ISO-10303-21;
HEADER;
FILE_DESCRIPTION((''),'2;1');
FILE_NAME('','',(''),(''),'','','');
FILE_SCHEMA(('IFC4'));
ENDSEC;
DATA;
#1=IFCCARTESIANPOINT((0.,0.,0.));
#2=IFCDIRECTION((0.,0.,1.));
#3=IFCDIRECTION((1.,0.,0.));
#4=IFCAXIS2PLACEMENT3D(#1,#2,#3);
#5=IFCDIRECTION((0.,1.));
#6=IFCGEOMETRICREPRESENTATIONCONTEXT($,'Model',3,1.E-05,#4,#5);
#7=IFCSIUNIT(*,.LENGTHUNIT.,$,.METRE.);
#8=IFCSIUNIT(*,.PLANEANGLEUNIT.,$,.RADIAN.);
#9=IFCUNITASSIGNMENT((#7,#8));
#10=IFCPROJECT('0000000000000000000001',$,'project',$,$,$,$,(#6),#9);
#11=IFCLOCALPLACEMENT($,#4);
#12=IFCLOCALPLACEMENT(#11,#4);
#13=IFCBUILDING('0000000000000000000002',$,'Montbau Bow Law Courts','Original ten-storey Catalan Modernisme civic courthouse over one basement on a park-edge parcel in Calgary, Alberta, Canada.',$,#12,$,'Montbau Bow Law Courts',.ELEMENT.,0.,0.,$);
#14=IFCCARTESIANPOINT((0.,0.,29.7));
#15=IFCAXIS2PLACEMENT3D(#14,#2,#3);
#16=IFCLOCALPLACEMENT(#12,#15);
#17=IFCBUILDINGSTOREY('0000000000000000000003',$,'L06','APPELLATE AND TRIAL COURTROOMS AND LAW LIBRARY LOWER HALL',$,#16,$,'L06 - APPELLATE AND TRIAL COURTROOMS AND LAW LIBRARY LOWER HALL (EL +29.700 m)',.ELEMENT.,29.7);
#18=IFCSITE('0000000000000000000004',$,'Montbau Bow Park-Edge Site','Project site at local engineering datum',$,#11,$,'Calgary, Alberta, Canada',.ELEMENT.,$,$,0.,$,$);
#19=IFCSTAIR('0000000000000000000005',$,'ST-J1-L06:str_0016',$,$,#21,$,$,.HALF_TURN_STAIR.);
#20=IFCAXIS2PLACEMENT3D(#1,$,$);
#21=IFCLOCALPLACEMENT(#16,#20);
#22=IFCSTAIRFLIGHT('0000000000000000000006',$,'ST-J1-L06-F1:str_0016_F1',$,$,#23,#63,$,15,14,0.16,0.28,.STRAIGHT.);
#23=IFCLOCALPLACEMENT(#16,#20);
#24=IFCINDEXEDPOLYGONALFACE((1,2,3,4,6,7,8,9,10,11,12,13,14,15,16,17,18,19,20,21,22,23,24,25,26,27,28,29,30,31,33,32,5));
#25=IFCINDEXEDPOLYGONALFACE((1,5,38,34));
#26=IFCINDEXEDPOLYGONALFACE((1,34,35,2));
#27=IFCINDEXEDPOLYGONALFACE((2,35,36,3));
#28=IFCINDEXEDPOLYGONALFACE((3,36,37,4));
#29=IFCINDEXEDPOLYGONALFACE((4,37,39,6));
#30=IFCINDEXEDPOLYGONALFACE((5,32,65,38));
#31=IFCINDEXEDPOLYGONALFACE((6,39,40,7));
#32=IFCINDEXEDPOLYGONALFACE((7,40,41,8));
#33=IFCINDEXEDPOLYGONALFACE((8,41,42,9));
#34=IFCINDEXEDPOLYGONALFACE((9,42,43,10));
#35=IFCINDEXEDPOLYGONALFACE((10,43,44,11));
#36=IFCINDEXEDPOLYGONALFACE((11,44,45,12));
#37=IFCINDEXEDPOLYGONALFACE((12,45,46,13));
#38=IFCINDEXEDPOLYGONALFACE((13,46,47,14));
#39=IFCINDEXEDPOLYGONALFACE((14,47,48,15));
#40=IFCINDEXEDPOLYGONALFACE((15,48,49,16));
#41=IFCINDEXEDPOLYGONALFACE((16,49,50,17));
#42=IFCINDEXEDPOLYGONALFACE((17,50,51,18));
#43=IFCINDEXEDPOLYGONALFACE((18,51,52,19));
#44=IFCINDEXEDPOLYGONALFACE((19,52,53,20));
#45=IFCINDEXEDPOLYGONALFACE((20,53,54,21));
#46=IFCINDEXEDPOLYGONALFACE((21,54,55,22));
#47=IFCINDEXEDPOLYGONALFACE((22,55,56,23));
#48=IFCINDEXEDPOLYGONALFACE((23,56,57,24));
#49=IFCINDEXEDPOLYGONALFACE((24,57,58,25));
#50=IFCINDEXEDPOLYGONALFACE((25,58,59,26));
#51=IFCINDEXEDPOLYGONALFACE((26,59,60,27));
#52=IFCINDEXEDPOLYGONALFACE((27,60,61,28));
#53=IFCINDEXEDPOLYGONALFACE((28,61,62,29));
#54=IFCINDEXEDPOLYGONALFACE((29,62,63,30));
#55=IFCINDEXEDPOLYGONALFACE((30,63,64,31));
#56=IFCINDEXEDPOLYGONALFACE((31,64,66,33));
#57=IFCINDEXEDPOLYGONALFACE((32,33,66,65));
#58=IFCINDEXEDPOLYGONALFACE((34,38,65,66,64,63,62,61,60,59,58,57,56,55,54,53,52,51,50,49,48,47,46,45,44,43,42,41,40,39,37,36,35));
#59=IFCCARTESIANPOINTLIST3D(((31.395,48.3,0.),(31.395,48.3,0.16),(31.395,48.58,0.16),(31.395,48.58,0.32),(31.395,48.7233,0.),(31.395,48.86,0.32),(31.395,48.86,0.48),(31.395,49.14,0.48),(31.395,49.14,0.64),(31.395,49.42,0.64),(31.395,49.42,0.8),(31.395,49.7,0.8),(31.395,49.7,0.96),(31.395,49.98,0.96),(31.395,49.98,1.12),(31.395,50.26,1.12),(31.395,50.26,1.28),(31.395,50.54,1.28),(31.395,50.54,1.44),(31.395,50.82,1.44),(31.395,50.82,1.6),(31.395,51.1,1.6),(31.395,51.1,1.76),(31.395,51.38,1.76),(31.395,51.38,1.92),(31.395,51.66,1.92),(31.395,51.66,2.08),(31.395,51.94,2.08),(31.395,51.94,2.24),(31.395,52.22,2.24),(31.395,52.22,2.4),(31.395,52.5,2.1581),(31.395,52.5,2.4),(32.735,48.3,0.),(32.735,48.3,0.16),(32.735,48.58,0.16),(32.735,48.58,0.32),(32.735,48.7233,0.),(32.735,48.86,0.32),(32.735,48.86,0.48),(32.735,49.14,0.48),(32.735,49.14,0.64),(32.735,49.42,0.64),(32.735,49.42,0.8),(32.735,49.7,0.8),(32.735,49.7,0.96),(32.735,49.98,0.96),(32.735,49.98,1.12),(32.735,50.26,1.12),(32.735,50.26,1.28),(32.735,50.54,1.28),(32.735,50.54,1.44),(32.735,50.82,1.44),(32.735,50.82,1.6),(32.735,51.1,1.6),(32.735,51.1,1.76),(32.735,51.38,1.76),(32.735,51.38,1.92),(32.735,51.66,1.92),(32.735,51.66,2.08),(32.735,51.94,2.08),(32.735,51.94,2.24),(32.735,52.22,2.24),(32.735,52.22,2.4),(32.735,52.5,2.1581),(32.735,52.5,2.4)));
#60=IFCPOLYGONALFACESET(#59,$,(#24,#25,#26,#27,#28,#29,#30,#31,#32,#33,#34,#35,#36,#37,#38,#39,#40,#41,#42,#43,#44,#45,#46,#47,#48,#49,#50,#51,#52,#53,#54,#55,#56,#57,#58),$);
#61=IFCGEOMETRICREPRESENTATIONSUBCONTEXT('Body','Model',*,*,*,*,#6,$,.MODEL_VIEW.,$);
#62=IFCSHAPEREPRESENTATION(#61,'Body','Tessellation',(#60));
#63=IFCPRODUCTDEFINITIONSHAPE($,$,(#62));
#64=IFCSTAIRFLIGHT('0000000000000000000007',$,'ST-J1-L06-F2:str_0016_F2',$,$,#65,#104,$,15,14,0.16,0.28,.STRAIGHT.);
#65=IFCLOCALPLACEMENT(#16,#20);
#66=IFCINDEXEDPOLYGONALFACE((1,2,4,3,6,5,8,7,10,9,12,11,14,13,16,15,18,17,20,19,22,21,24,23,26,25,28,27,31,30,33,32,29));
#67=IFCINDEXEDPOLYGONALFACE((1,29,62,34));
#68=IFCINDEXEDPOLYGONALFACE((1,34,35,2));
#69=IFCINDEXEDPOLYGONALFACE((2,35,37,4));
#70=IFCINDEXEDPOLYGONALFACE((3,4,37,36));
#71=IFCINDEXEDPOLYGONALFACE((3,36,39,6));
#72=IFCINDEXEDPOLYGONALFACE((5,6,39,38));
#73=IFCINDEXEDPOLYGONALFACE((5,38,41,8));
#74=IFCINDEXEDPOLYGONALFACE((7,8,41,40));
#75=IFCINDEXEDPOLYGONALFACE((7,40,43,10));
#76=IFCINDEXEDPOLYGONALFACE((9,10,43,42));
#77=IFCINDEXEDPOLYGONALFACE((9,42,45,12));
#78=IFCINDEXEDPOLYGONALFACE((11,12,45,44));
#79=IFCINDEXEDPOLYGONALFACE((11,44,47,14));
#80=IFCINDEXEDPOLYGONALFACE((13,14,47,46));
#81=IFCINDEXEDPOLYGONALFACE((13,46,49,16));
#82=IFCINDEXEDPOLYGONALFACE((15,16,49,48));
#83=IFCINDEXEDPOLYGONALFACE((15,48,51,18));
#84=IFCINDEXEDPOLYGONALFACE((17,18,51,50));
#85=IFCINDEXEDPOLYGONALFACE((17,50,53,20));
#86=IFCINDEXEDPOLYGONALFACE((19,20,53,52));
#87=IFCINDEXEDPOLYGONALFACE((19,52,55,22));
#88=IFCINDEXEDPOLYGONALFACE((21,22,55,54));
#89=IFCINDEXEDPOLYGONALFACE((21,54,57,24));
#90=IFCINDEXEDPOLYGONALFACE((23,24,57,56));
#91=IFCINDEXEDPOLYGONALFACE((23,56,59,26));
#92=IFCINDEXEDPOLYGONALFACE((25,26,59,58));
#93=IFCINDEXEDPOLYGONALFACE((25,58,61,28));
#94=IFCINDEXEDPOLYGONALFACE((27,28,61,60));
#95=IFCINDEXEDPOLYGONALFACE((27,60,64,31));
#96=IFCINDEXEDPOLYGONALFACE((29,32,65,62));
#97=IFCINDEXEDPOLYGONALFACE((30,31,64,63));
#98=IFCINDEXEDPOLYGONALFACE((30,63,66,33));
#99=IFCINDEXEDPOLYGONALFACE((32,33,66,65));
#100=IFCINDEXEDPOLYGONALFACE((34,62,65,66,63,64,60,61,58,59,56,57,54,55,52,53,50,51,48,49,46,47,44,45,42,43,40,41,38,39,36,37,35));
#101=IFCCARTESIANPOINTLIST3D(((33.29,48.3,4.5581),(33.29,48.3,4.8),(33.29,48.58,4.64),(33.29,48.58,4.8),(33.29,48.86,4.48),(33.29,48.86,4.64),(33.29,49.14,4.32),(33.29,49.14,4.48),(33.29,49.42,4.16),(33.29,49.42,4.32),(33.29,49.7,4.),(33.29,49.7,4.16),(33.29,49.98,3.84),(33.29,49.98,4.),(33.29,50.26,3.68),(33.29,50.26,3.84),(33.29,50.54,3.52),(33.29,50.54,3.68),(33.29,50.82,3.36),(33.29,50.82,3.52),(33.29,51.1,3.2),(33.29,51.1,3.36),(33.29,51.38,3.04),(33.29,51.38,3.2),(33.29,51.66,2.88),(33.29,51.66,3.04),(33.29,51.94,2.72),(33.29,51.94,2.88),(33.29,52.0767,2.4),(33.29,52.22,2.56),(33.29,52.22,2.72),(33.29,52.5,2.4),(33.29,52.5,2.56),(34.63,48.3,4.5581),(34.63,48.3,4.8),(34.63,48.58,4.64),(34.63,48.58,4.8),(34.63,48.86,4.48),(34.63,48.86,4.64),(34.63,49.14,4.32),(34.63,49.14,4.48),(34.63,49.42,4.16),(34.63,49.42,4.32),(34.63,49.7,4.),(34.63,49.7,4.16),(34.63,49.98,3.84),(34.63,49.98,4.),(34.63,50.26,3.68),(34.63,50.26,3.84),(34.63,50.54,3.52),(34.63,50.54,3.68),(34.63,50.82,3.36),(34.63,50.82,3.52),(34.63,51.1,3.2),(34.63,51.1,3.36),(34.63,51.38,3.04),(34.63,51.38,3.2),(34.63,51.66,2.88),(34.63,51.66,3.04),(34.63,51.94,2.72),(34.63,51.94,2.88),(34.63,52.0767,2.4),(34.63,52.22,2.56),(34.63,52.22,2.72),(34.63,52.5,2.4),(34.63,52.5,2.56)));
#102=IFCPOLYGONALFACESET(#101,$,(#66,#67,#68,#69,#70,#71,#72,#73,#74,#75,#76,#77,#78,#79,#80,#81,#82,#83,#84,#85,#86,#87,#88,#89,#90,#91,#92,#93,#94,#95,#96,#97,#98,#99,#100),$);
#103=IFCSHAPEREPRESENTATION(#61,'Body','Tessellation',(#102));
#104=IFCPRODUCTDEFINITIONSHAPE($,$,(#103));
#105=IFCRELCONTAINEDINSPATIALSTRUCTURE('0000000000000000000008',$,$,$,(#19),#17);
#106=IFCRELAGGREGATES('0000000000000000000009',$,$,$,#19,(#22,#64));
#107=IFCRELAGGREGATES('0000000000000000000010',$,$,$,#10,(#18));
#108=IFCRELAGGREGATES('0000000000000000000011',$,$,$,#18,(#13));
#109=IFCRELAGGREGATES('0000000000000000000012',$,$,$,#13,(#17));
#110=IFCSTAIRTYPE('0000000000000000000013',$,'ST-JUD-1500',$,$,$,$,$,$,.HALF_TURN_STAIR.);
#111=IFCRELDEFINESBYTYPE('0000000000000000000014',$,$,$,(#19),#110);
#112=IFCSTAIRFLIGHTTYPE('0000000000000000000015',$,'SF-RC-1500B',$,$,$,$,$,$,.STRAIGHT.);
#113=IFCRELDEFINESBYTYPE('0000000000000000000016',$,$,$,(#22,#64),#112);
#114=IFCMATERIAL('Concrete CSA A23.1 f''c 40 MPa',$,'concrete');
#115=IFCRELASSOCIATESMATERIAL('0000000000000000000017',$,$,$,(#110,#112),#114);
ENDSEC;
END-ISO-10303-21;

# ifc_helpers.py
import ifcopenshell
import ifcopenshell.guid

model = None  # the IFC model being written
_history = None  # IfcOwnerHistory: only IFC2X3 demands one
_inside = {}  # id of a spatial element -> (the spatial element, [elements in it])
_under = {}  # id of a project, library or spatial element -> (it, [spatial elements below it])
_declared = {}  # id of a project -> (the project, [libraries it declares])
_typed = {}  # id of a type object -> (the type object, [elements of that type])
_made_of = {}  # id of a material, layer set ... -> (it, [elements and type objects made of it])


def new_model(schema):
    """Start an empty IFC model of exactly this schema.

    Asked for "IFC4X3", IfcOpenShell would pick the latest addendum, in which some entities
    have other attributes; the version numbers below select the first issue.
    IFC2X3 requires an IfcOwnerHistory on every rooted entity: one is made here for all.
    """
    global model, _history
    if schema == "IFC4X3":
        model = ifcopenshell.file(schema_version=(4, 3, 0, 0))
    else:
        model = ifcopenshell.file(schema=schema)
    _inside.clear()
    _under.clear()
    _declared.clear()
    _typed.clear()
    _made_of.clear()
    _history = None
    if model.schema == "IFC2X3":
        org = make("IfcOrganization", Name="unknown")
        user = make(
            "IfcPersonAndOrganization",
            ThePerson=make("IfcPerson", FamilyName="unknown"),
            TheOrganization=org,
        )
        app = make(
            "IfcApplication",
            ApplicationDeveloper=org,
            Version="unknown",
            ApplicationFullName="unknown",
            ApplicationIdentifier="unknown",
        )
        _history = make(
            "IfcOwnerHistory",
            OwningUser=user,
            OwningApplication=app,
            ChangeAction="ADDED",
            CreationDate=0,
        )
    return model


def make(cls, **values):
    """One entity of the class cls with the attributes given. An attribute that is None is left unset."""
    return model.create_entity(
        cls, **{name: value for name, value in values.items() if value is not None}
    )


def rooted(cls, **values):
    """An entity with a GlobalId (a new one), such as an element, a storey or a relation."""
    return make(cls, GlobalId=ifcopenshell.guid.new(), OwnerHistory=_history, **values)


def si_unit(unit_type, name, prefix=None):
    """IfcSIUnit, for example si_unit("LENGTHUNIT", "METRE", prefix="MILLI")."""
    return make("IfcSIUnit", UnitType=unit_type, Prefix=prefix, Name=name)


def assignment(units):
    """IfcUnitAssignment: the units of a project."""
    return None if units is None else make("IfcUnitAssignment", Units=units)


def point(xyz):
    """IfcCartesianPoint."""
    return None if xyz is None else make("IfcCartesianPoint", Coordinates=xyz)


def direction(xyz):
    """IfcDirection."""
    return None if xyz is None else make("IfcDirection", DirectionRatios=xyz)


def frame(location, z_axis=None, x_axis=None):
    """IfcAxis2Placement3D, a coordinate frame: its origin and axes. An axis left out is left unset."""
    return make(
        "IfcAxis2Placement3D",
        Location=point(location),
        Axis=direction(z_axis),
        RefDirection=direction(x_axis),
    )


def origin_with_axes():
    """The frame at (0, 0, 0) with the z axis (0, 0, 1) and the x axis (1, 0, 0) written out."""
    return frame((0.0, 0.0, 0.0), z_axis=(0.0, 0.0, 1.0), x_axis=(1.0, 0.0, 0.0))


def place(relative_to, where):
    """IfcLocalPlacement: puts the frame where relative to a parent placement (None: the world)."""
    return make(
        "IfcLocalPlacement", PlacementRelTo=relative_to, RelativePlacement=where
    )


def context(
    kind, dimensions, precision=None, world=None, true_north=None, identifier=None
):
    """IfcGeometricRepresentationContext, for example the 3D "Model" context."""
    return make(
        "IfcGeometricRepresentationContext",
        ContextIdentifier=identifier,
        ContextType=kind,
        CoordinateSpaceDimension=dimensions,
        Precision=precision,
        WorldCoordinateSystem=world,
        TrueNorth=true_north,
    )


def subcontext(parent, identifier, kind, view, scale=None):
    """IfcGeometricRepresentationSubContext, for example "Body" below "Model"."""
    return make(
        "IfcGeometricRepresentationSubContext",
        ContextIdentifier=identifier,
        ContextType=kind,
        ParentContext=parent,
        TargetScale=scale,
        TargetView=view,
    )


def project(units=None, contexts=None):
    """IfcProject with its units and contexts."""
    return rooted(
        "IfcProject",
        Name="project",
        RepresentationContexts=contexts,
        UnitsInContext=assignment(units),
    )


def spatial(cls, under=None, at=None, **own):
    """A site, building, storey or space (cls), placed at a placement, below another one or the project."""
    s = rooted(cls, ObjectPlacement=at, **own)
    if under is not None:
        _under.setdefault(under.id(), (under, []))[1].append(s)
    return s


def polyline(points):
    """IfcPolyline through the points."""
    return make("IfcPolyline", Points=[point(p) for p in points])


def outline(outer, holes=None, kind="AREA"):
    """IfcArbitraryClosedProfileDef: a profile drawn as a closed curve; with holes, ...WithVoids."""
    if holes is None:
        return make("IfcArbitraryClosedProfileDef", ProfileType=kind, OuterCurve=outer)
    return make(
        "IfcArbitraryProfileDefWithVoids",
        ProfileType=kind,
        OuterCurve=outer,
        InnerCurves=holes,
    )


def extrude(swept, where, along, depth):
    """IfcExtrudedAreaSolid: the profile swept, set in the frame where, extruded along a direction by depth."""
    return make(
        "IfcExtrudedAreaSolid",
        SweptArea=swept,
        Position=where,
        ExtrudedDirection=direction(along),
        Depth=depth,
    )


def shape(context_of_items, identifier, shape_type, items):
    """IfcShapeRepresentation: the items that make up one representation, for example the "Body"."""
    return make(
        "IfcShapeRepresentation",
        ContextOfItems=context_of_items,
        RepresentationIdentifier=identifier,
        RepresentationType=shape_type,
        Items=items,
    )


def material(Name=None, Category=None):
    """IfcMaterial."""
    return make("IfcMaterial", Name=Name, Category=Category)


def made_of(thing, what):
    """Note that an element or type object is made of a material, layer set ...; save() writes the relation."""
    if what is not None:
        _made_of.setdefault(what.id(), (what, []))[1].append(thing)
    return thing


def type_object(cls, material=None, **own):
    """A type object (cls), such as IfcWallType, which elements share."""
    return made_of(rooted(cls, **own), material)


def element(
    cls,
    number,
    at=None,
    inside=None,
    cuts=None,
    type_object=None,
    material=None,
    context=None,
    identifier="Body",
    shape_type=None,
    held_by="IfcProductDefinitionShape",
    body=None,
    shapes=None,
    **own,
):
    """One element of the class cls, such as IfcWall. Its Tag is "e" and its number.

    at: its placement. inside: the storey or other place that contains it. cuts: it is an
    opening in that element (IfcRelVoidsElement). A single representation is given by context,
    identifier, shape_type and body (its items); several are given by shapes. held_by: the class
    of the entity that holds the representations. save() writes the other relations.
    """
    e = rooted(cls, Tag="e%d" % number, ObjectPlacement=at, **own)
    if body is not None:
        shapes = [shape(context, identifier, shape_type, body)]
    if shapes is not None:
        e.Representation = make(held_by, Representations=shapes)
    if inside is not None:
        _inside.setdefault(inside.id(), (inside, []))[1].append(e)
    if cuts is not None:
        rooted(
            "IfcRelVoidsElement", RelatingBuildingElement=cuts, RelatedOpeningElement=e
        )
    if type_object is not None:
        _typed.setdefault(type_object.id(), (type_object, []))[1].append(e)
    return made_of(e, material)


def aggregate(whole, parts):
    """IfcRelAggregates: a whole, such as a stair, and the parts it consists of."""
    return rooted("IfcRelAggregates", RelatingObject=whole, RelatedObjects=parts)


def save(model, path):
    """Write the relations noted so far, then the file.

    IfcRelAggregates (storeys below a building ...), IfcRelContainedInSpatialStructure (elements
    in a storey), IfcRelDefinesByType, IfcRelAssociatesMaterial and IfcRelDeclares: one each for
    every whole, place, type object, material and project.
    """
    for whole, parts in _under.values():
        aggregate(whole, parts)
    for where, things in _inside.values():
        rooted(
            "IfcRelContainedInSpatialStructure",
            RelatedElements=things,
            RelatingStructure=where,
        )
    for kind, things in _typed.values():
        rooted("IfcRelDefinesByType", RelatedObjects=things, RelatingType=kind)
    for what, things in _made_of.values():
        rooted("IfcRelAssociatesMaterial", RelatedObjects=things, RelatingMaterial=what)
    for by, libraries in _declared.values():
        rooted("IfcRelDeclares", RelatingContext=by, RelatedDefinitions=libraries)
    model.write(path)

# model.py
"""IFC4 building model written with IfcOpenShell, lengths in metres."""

from ifc_helpers import new_model, si_unit, direction, frame, origin_with_axes, place, context, subcontext, project, spatial, polyline, outline, extrude, material, type_object, element, aggregate, save


model = new_model("IFC4")

# Units and contexts
model_context = context("Model", 3, precision=1e-05, world=origin_with_axes(), true_north=direction((0.0, 1.0)))
body_context = subcontext(model_context, "Body", "Model", "MODEL_VIEW")
ifc_project = project(units=[si_unit("LENGTHUNIT", "METRE"), si_unit("PLANEANGLEUNIT", "RADIAN")], contexts=[model_context])

# Site, building, storey
site_placement = place(None, origin_with_axes())
site = spatial("IfcSite", under=ifc_project, at=site_placement, Name="Montbau Bow Park-Edge Site", Description="Project site at local engineering datum", LongName="Calgary, Alberta, Canada", CompositionType="ELEMENT", RefElevation=0.0)
building_placement = place(site_placement, origin_with_axes())
building = spatial("IfcBuilding", under=site, at=building_placement, Name="Montbau Bow Law Courts", Description="Original ten-storey Catalan Modernisme civic courthouse over one basement on a park-edge parcel in Calgary, Alberta, Canada.", LongName="Montbau Bow Law Courts", CompositionType="ELEMENT", ElevationOfRefHeight=0.0, ElevationOfTerrain=0.0)
storey_placement = place(building_placement, frame((0.0, 0.0, 29.7), z_axis=(0.0, 0.0, 1.0), x_axis=(1.0, 0.0, 0.0)))
storey = spatial("IfcBuildingStorey", under=building, at=storey_placement, Name="L06", Description="APPELLATE AND TRIAL COURTROOMS AND LAW LIBRARY LOWER HALL", LongName="L06 - APPELLATE AND TRIAL COURTROOMS AND LAW LIBRARY LOWER HALL (EL +29.700 m)", CompositionType="ELEMENT", Elevation=29.7)

# Stair, stair flights
ifc_material_1 = material(Name="Concrete CSA A23.1 f'c 40 MPa", Category="concrete")
stair_type = type_object("IfcStairType", Name="ST-JUD-1500", PredefinedType="HALF_TURN_STAIR", material=ifc_material_1)
stair_placement = place(None, frame((32.065, 48.3, 29.7), z_axis=(0.0, 0.0, 1.0), x_axis=(1.0, 0.0, 0.0)))
stair = element("IfcStair", 1, at=stair_placement, inside=storey, type_object=stair_type, Name="ST-J1-L06:str_0016", PredefinedType="HALF_TURN_STAIR")
stair_flight_type = type_object("IfcStairFlightType", Name="SF-RC-1500B", PredefinedType="STRAIGHT", material=ifc_material_1)
stair_flight_1_placement = place(None, frame((32.065, 48.3, 29.7), z_axis=(0.0, 0.0, 1.0), x_axis=(0.0, 1.0, 0.0)))
stair_flight_1 = element("IfcStairFlight", 2, at=stair_flight_1_placement, type_object=stair_flight_type, Name="ST-J1-L06-F1:str_0016_F1", NumberOfRisers=15, NumberOfTreads=14, PredefinedType="STRAIGHT", RiserHeight=0.16, TreadLength=0.28, context=body_context, shape_type="SweptSolid", body=[
    extrude(outline(polyline([(0.0, 0.0), (0.0, 0.16), (0.28, 0.16), (0.28, 0.32), (0.56, 0.32), (0.56, 0.48), (0.84, 0.48), (0.84, 0.64), (1.12, 0.64), (1.12, 0.8), (1.4, 0.8), (1.4, 0.96), (1.68, 0.96), (1.68, 1.12), (1.96, 1.12), (1.96, 1.28), (2.24, 1.28), (2.24, 1.44), (2.52, 1.44), (2.52, 1.6), (2.8, 1.6), (2.8, 1.76), (3.08, 1.76), (3.08, 1.92), (3.36, 1.92), (3.36, 2.08), (3.64, 2.08), (3.64, 2.24), (3.92, 2.24), (3.92, 2.4), (4.2, 2.4), (4.2, 2.1581), (0.4233, 0.0), (0.0, 0.0)])), frame((0.0, 0.67, 0.0), z_axis=(0.0, -1.0, 0.0), x_axis=(1.0, 0.0, 0.0)), (0.0, 0.0, 1.0), 1.34),
])
stair_flight_2_placement = place(None, frame((33.96, 52.5, 32.1), z_axis=(0.0, 0.0, 1.0), x_axis=(0.0, -1.0, 0.0)))
stair_flight_2 = element("IfcStairFlight", 3, at=stair_flight_2_placement, type_object=stair_flight_type, Name="ST-J1-L06-F2:str_0016_F2", NumberOfRisers=15, NumberOfTreads=14, PredefinedType="STRAIGHT", RiserHeight=0.16, TreadLength=0.28, context=body_context, shape_type="SweptSolid", body=[
    extrude(outline(polyline([(0.0, 0.0), (0.0, 0.16), (0.28, 0.16), (0.28, 0.32), (0.56, 0.32), (0.56, 0.48), (0.84, 0.48), (0.84, 0.64), (1.12, 0.64), (1.12, 0.8), (1.4, 0.8), (1.4, 0.96), (1.68, 0.96), (1.68, 1.12), (1.96, 1.12), (1.96, 1.28), (2.24, 1.28), (2.24, 1.44), (2.52, 1.44), (2.52, 1.6), (2.8, 1.6), (2.8, 1.76), (3.08, 1.76), (3.08, 1.92), (3.36, 1.92), (3.36, 2.08), (3.64, 2.08), (3.64, 2.24), (3.92, 2.24), (3.92, 2.4), (4.2, 2.4), (4.2, 2.1581), (0.4233, 0.0), (0.0, 0.0)])), frame((0.0, 0.67, 0.0), z_axis=(0.0, -1.0, 0.0), x_axis=(1.0, 0.0, 0.0)), (0.0, 0.0, 1.0), 1.34),
])
aggregate(stair, [stair_flight_1, stair_flight_2])

save(model, "model.ifc")
